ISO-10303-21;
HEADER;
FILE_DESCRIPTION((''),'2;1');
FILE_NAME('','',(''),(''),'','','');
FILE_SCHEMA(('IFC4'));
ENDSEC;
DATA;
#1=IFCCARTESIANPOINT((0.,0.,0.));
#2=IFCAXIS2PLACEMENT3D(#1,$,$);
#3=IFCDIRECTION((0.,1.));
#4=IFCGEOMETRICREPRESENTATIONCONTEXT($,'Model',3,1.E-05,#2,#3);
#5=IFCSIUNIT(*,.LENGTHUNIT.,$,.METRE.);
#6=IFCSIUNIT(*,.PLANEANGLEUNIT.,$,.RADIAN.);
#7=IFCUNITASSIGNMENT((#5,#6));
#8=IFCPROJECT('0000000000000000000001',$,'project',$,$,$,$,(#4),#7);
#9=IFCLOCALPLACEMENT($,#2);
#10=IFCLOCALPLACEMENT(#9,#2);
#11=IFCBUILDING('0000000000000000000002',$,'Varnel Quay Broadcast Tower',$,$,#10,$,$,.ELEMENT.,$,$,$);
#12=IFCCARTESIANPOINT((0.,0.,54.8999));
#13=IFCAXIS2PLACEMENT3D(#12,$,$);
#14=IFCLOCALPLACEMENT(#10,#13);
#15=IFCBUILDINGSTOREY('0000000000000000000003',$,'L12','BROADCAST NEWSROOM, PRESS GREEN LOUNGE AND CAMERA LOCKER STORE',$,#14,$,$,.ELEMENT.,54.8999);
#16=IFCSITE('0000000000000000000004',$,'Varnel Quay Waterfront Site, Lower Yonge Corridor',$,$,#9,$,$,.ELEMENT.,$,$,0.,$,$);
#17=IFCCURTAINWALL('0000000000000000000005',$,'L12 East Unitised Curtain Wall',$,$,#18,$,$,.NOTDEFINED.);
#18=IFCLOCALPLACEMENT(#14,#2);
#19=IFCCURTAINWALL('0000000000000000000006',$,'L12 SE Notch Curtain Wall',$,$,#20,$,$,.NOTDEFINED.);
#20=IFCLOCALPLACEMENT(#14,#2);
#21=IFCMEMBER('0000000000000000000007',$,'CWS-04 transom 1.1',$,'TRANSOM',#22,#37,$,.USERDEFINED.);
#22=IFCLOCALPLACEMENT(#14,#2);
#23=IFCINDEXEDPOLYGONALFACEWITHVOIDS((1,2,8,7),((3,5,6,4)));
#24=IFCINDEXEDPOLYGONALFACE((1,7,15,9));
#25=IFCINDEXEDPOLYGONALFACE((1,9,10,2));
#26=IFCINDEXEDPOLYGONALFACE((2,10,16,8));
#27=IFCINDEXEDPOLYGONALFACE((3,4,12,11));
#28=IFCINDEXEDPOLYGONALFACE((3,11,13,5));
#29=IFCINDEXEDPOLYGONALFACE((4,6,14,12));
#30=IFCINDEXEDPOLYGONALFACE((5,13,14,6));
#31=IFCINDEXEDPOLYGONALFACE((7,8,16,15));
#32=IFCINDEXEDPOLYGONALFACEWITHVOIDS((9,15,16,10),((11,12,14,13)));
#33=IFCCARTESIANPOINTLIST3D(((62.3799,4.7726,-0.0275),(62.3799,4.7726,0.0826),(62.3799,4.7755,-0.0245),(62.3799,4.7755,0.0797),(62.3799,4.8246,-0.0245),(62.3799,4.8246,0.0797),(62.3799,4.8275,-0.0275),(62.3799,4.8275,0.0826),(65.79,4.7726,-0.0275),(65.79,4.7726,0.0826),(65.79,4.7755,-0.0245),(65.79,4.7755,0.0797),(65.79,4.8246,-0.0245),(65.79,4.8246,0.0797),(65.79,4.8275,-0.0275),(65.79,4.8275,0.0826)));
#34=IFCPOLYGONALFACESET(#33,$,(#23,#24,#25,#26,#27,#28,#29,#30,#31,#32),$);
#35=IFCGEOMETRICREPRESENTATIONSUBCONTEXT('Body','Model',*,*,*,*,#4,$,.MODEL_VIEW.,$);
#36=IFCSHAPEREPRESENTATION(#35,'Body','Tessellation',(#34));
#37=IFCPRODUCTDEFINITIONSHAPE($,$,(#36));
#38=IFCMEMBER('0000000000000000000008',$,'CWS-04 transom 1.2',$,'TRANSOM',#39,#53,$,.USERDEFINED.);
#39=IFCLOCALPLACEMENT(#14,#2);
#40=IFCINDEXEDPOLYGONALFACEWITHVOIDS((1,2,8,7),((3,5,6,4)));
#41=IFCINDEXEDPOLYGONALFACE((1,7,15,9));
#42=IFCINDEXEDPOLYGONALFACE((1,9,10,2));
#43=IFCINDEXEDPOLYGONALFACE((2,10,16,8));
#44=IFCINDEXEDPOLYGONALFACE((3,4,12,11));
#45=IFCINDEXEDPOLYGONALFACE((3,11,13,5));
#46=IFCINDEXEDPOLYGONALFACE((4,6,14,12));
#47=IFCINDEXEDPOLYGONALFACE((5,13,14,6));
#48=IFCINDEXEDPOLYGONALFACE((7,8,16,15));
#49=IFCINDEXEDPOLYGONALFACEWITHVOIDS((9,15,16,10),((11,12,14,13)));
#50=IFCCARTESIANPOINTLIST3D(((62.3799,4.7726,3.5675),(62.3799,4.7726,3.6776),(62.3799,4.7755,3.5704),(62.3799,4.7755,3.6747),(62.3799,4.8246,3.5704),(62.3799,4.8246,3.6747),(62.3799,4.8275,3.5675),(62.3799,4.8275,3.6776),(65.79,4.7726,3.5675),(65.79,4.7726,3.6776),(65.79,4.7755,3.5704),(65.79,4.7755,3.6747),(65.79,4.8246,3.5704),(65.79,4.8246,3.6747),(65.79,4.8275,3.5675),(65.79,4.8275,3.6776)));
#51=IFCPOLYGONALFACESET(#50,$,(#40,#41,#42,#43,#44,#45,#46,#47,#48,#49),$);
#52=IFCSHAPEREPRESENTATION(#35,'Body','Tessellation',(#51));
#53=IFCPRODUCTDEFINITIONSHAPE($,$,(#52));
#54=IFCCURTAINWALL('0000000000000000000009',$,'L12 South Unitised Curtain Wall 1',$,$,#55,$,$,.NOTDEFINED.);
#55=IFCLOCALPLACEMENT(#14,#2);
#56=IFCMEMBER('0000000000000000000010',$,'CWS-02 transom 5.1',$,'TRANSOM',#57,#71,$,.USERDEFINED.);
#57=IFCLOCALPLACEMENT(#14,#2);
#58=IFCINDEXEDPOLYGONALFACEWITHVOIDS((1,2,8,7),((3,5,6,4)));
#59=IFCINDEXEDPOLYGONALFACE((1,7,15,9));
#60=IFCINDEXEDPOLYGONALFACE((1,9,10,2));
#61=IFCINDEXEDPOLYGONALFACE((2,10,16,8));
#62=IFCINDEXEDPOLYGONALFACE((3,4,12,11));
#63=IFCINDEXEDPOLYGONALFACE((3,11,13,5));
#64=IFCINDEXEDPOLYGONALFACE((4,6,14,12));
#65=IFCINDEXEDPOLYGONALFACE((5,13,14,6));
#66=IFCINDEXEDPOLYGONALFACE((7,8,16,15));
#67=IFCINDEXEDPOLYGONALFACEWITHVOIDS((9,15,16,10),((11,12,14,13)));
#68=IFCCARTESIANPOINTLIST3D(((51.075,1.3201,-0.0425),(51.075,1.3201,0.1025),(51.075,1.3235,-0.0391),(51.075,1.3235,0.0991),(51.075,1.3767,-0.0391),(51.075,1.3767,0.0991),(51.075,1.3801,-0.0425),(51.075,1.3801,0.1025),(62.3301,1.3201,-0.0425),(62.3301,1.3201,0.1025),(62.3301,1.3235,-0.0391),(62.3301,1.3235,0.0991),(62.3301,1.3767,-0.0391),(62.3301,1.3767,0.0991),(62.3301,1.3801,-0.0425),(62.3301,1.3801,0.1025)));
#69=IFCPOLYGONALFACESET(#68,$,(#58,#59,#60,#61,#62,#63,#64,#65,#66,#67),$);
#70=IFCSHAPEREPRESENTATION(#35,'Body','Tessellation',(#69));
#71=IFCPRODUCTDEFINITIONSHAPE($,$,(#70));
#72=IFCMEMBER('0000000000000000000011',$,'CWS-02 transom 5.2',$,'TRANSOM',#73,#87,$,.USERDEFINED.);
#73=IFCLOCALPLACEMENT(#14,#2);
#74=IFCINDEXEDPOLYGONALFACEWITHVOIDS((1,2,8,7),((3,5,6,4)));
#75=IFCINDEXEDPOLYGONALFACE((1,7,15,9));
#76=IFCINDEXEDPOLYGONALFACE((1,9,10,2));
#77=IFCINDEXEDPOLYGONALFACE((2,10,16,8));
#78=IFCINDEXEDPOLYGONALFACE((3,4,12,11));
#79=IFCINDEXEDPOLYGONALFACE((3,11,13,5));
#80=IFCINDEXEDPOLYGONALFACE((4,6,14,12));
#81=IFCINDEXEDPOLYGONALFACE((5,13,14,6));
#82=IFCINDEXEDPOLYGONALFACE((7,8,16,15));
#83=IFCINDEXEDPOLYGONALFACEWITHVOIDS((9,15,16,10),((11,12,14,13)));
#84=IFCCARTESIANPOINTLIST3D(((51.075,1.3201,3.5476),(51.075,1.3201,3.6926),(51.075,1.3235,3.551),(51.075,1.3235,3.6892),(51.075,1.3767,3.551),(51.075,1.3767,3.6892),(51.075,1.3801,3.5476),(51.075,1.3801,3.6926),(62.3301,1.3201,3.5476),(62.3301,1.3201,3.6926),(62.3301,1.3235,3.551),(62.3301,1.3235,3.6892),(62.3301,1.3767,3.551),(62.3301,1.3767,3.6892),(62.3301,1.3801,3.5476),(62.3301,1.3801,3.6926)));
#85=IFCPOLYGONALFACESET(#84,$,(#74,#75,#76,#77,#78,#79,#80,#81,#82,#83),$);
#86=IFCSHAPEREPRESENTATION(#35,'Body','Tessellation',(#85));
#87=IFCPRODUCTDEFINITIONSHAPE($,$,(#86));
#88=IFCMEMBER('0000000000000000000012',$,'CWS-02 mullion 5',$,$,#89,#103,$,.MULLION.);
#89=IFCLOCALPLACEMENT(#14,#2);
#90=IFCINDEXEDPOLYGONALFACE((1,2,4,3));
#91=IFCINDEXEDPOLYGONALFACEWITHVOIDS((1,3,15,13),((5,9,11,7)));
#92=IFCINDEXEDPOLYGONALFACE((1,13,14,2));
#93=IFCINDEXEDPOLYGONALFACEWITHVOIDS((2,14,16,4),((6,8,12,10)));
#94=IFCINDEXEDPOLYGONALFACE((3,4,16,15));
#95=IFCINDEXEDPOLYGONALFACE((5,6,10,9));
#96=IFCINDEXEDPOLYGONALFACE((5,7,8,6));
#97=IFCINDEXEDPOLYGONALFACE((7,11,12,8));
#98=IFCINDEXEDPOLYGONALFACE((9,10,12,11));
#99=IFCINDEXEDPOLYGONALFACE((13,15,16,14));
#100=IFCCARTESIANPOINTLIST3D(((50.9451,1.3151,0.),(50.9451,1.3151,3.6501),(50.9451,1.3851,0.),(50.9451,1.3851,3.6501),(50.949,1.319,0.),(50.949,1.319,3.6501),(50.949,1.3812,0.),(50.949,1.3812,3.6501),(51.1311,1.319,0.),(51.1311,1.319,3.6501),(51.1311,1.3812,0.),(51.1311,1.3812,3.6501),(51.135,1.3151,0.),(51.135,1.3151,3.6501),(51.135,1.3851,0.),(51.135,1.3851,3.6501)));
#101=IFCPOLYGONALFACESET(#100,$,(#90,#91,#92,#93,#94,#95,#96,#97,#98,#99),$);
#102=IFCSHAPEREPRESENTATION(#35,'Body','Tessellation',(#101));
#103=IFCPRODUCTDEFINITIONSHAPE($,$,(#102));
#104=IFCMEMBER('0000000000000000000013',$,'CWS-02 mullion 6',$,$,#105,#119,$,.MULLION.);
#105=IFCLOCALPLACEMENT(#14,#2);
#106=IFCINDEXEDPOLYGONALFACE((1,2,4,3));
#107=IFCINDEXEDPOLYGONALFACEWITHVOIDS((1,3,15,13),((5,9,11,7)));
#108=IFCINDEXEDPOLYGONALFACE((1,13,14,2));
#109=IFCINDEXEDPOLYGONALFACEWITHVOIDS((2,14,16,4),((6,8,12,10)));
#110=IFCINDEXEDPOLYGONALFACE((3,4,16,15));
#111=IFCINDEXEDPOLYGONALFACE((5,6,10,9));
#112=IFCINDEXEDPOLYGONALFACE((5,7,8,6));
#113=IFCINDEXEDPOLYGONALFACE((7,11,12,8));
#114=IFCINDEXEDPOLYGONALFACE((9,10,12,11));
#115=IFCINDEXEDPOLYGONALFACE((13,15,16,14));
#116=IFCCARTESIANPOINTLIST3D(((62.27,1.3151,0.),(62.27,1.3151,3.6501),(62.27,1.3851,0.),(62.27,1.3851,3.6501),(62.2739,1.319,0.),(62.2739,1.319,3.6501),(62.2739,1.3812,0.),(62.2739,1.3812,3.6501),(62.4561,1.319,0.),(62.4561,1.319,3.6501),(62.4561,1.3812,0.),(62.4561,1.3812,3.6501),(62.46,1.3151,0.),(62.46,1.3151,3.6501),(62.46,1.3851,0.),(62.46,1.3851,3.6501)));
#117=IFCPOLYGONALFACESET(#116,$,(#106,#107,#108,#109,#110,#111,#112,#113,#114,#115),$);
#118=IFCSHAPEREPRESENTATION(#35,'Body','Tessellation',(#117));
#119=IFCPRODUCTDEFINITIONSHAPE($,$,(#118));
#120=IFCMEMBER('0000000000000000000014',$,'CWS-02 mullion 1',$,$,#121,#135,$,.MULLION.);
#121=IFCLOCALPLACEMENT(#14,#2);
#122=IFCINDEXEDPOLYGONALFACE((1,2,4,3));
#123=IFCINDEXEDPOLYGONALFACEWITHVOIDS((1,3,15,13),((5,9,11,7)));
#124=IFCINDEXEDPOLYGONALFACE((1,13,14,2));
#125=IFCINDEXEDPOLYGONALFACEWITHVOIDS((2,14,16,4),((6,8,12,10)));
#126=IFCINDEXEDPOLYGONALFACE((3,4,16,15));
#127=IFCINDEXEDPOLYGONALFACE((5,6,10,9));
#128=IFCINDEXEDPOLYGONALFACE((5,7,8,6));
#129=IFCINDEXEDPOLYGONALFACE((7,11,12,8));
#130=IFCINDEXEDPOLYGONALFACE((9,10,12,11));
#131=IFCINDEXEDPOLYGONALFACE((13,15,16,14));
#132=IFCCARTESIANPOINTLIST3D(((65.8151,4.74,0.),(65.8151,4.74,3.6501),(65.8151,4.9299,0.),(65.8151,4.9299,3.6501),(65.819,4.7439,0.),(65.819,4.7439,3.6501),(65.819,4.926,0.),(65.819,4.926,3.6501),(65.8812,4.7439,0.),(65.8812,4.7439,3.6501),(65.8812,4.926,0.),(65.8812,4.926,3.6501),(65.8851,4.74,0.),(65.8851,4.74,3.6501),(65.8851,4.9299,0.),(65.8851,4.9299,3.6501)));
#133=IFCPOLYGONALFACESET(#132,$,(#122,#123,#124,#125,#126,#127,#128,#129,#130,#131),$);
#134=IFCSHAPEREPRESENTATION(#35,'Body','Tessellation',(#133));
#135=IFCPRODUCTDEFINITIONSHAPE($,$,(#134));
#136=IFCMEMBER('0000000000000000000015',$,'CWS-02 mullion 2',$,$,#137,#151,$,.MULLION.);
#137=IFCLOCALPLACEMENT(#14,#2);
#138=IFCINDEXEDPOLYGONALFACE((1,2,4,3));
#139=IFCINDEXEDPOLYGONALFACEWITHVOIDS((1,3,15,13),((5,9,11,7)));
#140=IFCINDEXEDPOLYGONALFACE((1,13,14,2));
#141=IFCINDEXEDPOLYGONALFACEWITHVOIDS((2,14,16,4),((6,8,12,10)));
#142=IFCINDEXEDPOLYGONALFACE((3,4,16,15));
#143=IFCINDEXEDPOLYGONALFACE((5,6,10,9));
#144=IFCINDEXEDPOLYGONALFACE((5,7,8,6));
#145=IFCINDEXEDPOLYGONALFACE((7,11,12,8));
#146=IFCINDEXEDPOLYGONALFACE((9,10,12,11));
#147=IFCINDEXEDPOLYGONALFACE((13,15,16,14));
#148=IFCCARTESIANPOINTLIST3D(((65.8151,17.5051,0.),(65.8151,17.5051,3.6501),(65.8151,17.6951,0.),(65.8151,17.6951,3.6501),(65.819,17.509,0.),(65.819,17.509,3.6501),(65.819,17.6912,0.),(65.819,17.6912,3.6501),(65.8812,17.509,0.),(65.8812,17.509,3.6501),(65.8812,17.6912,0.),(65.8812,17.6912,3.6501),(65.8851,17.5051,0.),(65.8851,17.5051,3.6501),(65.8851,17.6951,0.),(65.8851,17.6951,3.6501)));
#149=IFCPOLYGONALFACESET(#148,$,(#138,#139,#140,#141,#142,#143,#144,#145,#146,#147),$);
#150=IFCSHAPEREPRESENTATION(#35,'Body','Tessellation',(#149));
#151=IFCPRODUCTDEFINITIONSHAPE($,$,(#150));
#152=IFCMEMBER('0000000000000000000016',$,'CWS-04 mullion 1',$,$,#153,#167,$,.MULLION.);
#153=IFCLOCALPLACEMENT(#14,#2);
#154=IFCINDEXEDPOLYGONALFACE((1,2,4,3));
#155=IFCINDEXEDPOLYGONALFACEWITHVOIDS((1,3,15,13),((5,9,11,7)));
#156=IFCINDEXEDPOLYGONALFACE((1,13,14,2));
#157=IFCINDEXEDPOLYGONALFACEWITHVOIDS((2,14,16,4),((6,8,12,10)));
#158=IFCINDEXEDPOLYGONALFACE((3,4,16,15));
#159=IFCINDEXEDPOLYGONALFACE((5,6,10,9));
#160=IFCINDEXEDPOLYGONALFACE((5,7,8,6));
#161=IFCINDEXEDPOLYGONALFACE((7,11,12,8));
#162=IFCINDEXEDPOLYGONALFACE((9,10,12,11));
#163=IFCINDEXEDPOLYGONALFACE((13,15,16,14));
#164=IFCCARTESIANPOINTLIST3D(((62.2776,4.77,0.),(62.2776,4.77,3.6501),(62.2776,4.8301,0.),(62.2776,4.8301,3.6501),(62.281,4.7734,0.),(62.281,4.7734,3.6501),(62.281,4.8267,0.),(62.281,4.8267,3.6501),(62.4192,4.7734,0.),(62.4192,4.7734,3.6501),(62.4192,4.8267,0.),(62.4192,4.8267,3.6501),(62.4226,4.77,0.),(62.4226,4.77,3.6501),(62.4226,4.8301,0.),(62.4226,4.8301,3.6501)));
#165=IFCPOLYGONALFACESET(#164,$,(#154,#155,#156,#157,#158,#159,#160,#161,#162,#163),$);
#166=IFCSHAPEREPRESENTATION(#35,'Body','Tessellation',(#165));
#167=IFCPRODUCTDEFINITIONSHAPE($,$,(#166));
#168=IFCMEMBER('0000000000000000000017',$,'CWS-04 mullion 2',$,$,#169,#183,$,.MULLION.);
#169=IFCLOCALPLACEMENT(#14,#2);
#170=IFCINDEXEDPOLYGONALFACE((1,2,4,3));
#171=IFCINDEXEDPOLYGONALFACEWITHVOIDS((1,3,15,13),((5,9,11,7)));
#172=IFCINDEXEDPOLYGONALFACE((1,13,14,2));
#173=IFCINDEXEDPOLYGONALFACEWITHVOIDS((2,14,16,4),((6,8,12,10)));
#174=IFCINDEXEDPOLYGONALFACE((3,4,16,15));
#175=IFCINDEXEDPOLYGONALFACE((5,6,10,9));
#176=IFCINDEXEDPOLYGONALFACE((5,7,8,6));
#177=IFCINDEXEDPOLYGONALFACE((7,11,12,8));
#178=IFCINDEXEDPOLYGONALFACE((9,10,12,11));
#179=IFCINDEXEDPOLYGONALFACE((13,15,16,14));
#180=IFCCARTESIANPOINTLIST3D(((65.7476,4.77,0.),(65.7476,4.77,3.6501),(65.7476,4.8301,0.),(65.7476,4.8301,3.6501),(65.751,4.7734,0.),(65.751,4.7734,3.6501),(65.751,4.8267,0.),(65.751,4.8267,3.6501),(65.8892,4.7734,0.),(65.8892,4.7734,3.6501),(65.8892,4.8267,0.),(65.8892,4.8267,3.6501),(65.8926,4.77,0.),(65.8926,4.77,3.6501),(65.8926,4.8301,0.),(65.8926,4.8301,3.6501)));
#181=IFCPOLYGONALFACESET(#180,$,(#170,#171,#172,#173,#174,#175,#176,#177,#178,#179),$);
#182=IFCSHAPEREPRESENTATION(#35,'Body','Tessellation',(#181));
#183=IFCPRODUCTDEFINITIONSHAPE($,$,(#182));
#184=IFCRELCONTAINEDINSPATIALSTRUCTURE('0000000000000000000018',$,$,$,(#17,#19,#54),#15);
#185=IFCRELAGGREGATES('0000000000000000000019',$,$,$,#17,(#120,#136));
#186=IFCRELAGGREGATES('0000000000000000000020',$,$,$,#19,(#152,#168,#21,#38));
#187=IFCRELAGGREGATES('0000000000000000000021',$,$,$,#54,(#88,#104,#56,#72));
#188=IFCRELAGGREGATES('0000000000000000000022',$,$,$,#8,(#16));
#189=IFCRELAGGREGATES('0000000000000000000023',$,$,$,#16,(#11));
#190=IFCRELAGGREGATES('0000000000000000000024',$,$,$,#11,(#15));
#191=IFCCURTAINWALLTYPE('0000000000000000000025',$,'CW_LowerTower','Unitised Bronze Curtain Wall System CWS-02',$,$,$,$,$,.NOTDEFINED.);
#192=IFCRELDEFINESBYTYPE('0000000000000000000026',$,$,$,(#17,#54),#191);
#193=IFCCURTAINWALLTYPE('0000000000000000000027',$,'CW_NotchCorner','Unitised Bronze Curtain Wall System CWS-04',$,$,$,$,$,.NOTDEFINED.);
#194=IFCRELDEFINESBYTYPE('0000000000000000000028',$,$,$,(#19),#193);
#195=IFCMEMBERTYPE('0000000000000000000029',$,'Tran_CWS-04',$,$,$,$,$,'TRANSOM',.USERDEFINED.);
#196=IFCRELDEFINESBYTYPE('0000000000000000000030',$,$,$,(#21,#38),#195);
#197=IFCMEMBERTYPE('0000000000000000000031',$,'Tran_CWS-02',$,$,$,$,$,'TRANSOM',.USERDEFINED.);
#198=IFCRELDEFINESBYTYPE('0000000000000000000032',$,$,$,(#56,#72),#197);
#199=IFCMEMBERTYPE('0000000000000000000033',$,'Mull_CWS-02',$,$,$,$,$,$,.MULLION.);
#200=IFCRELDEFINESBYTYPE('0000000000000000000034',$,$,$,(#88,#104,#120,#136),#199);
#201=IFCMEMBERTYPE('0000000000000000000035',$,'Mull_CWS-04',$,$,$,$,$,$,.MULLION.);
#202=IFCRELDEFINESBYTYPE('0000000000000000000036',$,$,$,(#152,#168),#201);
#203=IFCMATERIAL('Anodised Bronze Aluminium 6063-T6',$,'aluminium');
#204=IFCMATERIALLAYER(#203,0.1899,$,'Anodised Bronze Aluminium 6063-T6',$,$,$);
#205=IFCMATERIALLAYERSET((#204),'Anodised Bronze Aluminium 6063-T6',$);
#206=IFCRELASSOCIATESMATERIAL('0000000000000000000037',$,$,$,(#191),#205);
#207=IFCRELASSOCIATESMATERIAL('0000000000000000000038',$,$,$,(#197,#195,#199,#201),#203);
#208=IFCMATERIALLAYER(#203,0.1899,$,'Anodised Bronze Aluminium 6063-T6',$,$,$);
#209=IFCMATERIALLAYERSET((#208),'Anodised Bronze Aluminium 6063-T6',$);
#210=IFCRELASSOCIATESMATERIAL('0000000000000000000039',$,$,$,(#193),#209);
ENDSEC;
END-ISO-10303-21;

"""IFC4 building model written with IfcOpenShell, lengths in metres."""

from ifc_helpers import new_model, si_unit, direction, frame, origin, origin_2d, place, context, subcontext, project, spatial, hollow_rectangle, extrude, source, transform, mapped, material, layer, layer_set, material_profile, profile_set, type_object, type_shapes, element, aggregate, save


model = new_model("IFC4")

# Units and contexts
model_context = context("Model", 3, precision=1e-05, world=origin(), true_north=direction((0.0, 1.0)))
body_context = subcontext(model_context, "Body", "Model", "MODEL_VIEW")
ifc_project = project(units=[si_unit("LENGTHUNIT", "METRE"), si_unit("PLANEANGLEUNIT", "RADIAN")], contexts=[model_context])

# Site, building, storey
site_placement = place(None, origin())
site = spatial("IfcSite", under=ifc_project, at=site_placement, Name="Varnel Quay Waterfront Site, Lower Yonge Corridor", CompositionType="ELEMENT", RefElevation=0.0)
building_placement = place(site_placement, origin())
building = spatial("IfcBuilding", under=site, at=building_placement, Name="Varnel Quay Broadcast Tower", CompositionType="ELEMENT")
storey_placement = place(building_placement, frame((0.0, 0.0, 54.8999)))
storey = spatial("IfcBuildingStorey", under=building, at=storey_placement, Name="L12", Description="BROADCAST NEWSROOM, PRESS GREEN LOUNGE AND CAMERA LOCKER STORE", CompositionType="ELEMENT", Elevation=54.8999)

# Curtain walls, members
ifc_material_1 = material(Name="Anodised Bronze Aluminium 6063-T6", Category="aluminium")
ifc_layer_1 = layer(ifc_material_1, 0.1899, Name="Anodised Bronze Aluminium 6063-T6")
ifc_layer_set_1 = layer_set([ifc_layer_1], Name="Anodised Bronze Aluminium 6063-T6")
curtain_wall_type_1 = type_object("IfcCurtainWallType", Name="CW_LowerTower", Description="Unitised Bronze Curtain Wall System CWS-02", PredefinedType="NOTDEFINED", material=ifc_layer_set_1)
curtain_wall_1_placement = place(storey_placement, origin())
curtain_wall_1 = element("IfcCurtainWall", 1, at=curtain_wall_1_placement, inside=storey, type_object=curtain_wall_type_1, Name="L12 East Unitised Curtain Wall", PredefinedType="NOTDEFINED")
ifc_material_profile_1 = material_profile(ifc_material_1, hollow_rectangle(XDim=0.0601, YDim=0.145, WallThickness=0.0034, at=origin_2d()), Name="ALU60X145X3.5")
ifc_profile_set_1 = profile_set([ifc_material_profile_1], Name="Anodised Bronze Aluminium 6063-T6")
member_type_1 = type_object("IfcMemberType", Name="Tran_CWS-02", ElementType="TRANSOM", PredefinedType="USERDEFINED", material=ifc_profile_set_1)
ifc_layer_2 = layer(ifc_material_1, 0.1899, Name="Anodised Bronze Aluminium 6063-T6")
ifc_layer_set_2 = layer_set([ifc_layer_2], Name="Anodised Bronze Aluminium 6063-T6")
curtain_wall_type_2 = type_object("IfcCurtainWallType", Name="CW_NotchCorner", Description="Unitised Bronze Curtain Wall System CWS-04", PredefinedType="NOTDEFINED", material=ifc_layer_set_2)
curtain_wall_2_placement = place(storey_placement, origin())
curtain_wall_2 = element("IfcCurtainWall", 2, at=curtain_wall_2_placement, inside=storey, type_object=curtain_wall_type_2, Name="L12 SE Notch Curtain Wall", PredefinedType="NOTDEFINED")
ifc_material_profile_2 = material_profile(ifc_material_1, hollow_rectangle(XDim=0.0549, YDim=0.1101, WallThickness=0.0029, at=origin_2d()), Name="ALU55X110X3")
ifc_profile_set_2 = profile_set([ifc_material_profile_2], Name="Anodised Bronze Aluminium 6063-T6")
member_type_2 = type_object("IfcMemberType", Name="Tran_CWS-04", ElementType="TRANSOM", PredefinedType="USERDEFINED", material=ifc_profile_set_2)
shared_shape_1 = source(origin(), body_context, "Body", "SweptSolid", [
    extrude(hollow_rectangle(XDim=0.0549, YDim=0.1101, WallThickness=0.0029, at=origin_2d()), origin(), (0.0, 0.0, 1.0), 3.4102),
])
type_shapes(member_type_2, [shared_shape_1])
member_1_placement = place(storey_placement, frame((62.3799, 4.8, 0.0276), z_axis=(1.0, 0.0, 0.0), x_axis=(0.0, 1.0, 0.0)))
member_1 = element("IfcMember", 3, at=member_1_placement, type_object=member_type_2, Name="CWS-04 transom 1.1", ObjectType="TRANSOM", PredefinedType="USERDEFINED", context=body_context, shape_type="MappedRepresentation", body=[
    mapped(shared_shape_1, transform((0.0, 0.0, 0.0), x_axis=(1.0, 0.0, 0.0), y_axis=(0.0, 1.0, 0.0), z_axis=(0.0, 0.0, 1.0), scale=1.0)),
])
member_2_placement = place(storey_placement, frame((62.3799, 4.8, 3.6226), z_axis=(1.0, 0.0, 0.0), x_axis=(0.0, 1.0, 0.0)))
member_2 = element("IfcMember", 4, at=member_2_placement, type_object=member_type_2, Name="CWS-04 transom 1.2", ObjectType="TRANSOM", PredefinedType="USERDEFINED", context=body_context, shape_type="MappedRepresentation", body=[
    mapped(shared_shape_1, transform((0.0, 0.0, 0.0), x_axis=(1.0, 0.0, 0.0), y_axis=(0.0, 1.0, 0.0), z_axis=(0.0, 0.0, 1.0), scale=1.0)),
])
curtain_wall_3_placement = place(storey_placement, origin())
curtain_wall_3 = element("IfcCurtainWall", 5, at=curtain_wall_3_placement, inside=storey, type_object=curtain_wall_type_1, Name="L12 South Unitised Curtain Wall 1", PredefinedType="NOTDEFINED")
shared_shape_2 = source(origin(), body_context, "Body", "SweptSolid", [
    extrude(hollow_rectangle(XDim=0.0601, YDim=0.145, WallThickness=0.0034, at=origin_2d()), origin(), (0.0, 0.0, 1.0), 11.2551),
])
member_3_placement = place(storey_placement, frame((51.075, 1.3501, 0.03), z_axis=(1.0, 0.0, 0.0), x_axis=(0.0, 1.0, 0.0)))
member_3 = element("IfcMember", 6, at=member_3_placement, type_object=member_type_1, Name="CWS-02 transom 5.1", ObjectType="TRANSOM", PredefinedType="USERDEFINED", context=body_context, shape_type="MappedRepresentation", body=[
    mapped(shared_shape_2, transform((0.0, 0.0, 0.0), x_axis=(1.0, 0.0, 0.0), y_axis=(0.0, 1.0, 0.0), z_axis=(0.0, 0.0, 1.0), scale=1.0)),
])
member_4_placement = place(storey_placement, frame((51.075, 1.3501, 3.6201), z_axis=(1.0, 0.0, 0.0), x_axis=(0.0, 1.0, 0.0)))
member_4 = element("IfcMember", 7, at=member_4_placement, type_object=member_type_1, Name="CWS-02 transom 5.2", ObjectType="TRANSOM", PredefinedType="USERDEFINED", context=body_context, shape_type="MappedRepresentation", body=[
    mapped(shared_shape_2, transform((0.0, 0.0, 0.0), x_axis=(1.0, 0.0, 0.0), y_axis=(0.0, 1.0, 0.0), z_axis=(0.0, 0.0, 1.0), scale=1.0)),
])
ifc_material_profile_3 = material_profile(ifc_material_1, hollow_rectangle(XDim=0.0701, YDim=0.1899, WallThickness=0.0039, at=origin_2d()), Name="ALU70X190X4")
ifc_profile_set_3 = profile_set([ifc_material_profile_3], Name="Anodised Bronze Aluminium 6063-T6")
member_type_3 = type_object("IfcMemberType", Name="Mull_CWS-02", PredefinedType="MULLION", material=ifc_profile_set_3)
shared_shape_3 = source(origin(), body_context, "Body", "SweptSolid", [
    extrude(hollow_rectangle(XDim=0.0701, YDim=0.1899, WallThickness=0.0039, at=origin_2d()), origin(), (0.0, 0.0, 1.0), 3.6501),
])
type_shapes(member_type_3, [shared_shape_3])
member_5_placement = place(storey_placement, frame((51.04, 1.3501, 0.0), z_axis=(0.0, 0.0, 1.0), x_axis=(0.0, 1.0, 0.0)))
member_5 = element("IfcMember", 8, at=member_5_placement, type_object=member_type_3, Name="CWS-02 mullion 5", PredefinedType="MULLION", context=body_context, shape_type="MappedRepresentation", body=[
    mapped(shared_shape_3, transform((0.0, 0.0, 0.0), x_axis=(1.0, 0.0, 0.0), y_axis=(0.0, 1.0, 0.0), z_axis=(0.0, 0.0, 1.0), scale=1.0)),
])
member_6_placement = place(storey_placement, frame((62.365, 1.3501, 0.0), z_axis=(0.0, 0.0, 1.0), x_axis=(0.0, 1.0, 0.0)))
member_6 = element("IfcMember", 9, at=member_6_placement, type_object=member_type_3, Name="CWS-02 mullion 6", PredefinedType="MULLION", context=body_context, shape_type="MappedRepresentation", body=[
    mapped(shared_shape_3, transform((0.0, 0.0, 0.0), x_axis=(1.0, 0.0, 0.0), y_axis=(0.0, 1.0, 0.0), z_axis=(0.0, 0.0, 1.0), scale=1.0)),
])

# Members
member_7_placement = place(storey_placement, frame((65.8501, 4.835, 0.0), z_axis=(0.0, 0.0, 1.0), x_axis=(-1.0, 0.0, 0.0)))
member_7 = element("IfcMember", 10, at=member_7_placement, type_object=member_type_3, Name="CWS-02 mullion 1", PredefinedType="MULLION", context=body_context, shape_type="MappedRepresentation", body=[
    mapped(shared_shape_3, transform((0.0, 0.0, 0.0), x_axis=(1.0, 0.0, 0.0), y_axis=(0.0, 1.0, 0.0), z_axis=(0.0, 0.0, 1.0), scale=1.0)),
])
member_8_placement = place(storey_placement, frame((65.8501, 17.6001, 0.0), z_axis=(0.0, 0.0, 1.0), x_axis=(-1.0, 0.0, 0.0)))
member_8 = element("IfcMember", 11, at=member_8_placement, type_object=member_type_3, Name="CWS-02 mullion 2", PredefinedType="MULLION", context=body_context, shape_type="MappedRepresentation", body=[
    mapped(shared_shape_3, transform((0.0, 0.0, 0.0), x_axis=(1.0, 0.0, 0.0), y_axis=(0.0, 1.0, 0.0), z_axis=(0.0, 0.0, 1.0), scale=1.0)),
])
ifc_material_profile_4 = material_profile(ifc_material_1, hollow_rectangle(XDim=0.0601, YDim=0.145, WallThickness=0.0034, at=origin_2d()), Name="ALU60X145X3.5")
ifc_profile_set_4 = profile_set([ifc_material_profile_4], Name="Anodised Bronze Aluminium 6063-T6")
member_type_4 = type_object("IfcMemberType", Name="Mull_CWS-04", PredefinedType="MULLION", material=ifc_profile_set_4)
shared_shape_4 = source(origin(), body_context, "Body", "SweptSolid", [
    extrude(hollow_rectangle(XDim=0.0601, YDim=0.145, WallThickness=0.0034, at=origin_2d()), origin(), (0.0, 0.0, 1.0), 3.6501),
])
type_shapes(member_type_4, [shared_shape_4])
member_9_placement = place(storey_placement, frame((62.3501, 4.8, 0.0), z_axis=(0.0, 0.0, 1.0), x_axis=(0.0, 1.0, 0.0)))
member_9 = element("IfcMember", 12, at=member_9_placement, type_object=member_type_4, Name="CWS-04 mullion 1", PredefinedType="MULLION", context=body_context, shape_type="MappedRepresentation", body=[
    mapped(shared_shape_4, transform((0.0, 0.0, 0.0), x_axis=(1.0, 0.0, 0.0), y_axis=(0.0, 1.0, 0.0), z_axis=(0.0, 0.0, 1.0), scale=1.0)),
])
member_10_placement = place(storey_placement, frame((65.8201, 4.8, 0.0), z_axis=(0.0, 0.0, 1.0), x_axis=(0.0, 1.0, 0.0)))
member_10 = element("IfcMember", 13, at=member_10_placement, type_object=member_type_4, Name="CWS-04 mullion 2", PredefinedType="MULLION", context=body_context, shape_type="MappedRepresentation", body=[
    mapped(shared_shape_4, transform((0.0, 0.0, 0.0), x_axis=(1.0, 0.0, 0.0), y_axis=(0.0, 1.0, 0.0), z_axis=(0.0, 0.0, 1.0), scale=1.0)),
])

aggregate(curtain_wall_1, [member_7, member_8])
aggregate(curtain_wall_2, [member_9, member_10, member_1, member_2])
aggregate(curtain_wall_3, [member_5, member_6, member_3, member_4])

save(model, "model.ifc")
